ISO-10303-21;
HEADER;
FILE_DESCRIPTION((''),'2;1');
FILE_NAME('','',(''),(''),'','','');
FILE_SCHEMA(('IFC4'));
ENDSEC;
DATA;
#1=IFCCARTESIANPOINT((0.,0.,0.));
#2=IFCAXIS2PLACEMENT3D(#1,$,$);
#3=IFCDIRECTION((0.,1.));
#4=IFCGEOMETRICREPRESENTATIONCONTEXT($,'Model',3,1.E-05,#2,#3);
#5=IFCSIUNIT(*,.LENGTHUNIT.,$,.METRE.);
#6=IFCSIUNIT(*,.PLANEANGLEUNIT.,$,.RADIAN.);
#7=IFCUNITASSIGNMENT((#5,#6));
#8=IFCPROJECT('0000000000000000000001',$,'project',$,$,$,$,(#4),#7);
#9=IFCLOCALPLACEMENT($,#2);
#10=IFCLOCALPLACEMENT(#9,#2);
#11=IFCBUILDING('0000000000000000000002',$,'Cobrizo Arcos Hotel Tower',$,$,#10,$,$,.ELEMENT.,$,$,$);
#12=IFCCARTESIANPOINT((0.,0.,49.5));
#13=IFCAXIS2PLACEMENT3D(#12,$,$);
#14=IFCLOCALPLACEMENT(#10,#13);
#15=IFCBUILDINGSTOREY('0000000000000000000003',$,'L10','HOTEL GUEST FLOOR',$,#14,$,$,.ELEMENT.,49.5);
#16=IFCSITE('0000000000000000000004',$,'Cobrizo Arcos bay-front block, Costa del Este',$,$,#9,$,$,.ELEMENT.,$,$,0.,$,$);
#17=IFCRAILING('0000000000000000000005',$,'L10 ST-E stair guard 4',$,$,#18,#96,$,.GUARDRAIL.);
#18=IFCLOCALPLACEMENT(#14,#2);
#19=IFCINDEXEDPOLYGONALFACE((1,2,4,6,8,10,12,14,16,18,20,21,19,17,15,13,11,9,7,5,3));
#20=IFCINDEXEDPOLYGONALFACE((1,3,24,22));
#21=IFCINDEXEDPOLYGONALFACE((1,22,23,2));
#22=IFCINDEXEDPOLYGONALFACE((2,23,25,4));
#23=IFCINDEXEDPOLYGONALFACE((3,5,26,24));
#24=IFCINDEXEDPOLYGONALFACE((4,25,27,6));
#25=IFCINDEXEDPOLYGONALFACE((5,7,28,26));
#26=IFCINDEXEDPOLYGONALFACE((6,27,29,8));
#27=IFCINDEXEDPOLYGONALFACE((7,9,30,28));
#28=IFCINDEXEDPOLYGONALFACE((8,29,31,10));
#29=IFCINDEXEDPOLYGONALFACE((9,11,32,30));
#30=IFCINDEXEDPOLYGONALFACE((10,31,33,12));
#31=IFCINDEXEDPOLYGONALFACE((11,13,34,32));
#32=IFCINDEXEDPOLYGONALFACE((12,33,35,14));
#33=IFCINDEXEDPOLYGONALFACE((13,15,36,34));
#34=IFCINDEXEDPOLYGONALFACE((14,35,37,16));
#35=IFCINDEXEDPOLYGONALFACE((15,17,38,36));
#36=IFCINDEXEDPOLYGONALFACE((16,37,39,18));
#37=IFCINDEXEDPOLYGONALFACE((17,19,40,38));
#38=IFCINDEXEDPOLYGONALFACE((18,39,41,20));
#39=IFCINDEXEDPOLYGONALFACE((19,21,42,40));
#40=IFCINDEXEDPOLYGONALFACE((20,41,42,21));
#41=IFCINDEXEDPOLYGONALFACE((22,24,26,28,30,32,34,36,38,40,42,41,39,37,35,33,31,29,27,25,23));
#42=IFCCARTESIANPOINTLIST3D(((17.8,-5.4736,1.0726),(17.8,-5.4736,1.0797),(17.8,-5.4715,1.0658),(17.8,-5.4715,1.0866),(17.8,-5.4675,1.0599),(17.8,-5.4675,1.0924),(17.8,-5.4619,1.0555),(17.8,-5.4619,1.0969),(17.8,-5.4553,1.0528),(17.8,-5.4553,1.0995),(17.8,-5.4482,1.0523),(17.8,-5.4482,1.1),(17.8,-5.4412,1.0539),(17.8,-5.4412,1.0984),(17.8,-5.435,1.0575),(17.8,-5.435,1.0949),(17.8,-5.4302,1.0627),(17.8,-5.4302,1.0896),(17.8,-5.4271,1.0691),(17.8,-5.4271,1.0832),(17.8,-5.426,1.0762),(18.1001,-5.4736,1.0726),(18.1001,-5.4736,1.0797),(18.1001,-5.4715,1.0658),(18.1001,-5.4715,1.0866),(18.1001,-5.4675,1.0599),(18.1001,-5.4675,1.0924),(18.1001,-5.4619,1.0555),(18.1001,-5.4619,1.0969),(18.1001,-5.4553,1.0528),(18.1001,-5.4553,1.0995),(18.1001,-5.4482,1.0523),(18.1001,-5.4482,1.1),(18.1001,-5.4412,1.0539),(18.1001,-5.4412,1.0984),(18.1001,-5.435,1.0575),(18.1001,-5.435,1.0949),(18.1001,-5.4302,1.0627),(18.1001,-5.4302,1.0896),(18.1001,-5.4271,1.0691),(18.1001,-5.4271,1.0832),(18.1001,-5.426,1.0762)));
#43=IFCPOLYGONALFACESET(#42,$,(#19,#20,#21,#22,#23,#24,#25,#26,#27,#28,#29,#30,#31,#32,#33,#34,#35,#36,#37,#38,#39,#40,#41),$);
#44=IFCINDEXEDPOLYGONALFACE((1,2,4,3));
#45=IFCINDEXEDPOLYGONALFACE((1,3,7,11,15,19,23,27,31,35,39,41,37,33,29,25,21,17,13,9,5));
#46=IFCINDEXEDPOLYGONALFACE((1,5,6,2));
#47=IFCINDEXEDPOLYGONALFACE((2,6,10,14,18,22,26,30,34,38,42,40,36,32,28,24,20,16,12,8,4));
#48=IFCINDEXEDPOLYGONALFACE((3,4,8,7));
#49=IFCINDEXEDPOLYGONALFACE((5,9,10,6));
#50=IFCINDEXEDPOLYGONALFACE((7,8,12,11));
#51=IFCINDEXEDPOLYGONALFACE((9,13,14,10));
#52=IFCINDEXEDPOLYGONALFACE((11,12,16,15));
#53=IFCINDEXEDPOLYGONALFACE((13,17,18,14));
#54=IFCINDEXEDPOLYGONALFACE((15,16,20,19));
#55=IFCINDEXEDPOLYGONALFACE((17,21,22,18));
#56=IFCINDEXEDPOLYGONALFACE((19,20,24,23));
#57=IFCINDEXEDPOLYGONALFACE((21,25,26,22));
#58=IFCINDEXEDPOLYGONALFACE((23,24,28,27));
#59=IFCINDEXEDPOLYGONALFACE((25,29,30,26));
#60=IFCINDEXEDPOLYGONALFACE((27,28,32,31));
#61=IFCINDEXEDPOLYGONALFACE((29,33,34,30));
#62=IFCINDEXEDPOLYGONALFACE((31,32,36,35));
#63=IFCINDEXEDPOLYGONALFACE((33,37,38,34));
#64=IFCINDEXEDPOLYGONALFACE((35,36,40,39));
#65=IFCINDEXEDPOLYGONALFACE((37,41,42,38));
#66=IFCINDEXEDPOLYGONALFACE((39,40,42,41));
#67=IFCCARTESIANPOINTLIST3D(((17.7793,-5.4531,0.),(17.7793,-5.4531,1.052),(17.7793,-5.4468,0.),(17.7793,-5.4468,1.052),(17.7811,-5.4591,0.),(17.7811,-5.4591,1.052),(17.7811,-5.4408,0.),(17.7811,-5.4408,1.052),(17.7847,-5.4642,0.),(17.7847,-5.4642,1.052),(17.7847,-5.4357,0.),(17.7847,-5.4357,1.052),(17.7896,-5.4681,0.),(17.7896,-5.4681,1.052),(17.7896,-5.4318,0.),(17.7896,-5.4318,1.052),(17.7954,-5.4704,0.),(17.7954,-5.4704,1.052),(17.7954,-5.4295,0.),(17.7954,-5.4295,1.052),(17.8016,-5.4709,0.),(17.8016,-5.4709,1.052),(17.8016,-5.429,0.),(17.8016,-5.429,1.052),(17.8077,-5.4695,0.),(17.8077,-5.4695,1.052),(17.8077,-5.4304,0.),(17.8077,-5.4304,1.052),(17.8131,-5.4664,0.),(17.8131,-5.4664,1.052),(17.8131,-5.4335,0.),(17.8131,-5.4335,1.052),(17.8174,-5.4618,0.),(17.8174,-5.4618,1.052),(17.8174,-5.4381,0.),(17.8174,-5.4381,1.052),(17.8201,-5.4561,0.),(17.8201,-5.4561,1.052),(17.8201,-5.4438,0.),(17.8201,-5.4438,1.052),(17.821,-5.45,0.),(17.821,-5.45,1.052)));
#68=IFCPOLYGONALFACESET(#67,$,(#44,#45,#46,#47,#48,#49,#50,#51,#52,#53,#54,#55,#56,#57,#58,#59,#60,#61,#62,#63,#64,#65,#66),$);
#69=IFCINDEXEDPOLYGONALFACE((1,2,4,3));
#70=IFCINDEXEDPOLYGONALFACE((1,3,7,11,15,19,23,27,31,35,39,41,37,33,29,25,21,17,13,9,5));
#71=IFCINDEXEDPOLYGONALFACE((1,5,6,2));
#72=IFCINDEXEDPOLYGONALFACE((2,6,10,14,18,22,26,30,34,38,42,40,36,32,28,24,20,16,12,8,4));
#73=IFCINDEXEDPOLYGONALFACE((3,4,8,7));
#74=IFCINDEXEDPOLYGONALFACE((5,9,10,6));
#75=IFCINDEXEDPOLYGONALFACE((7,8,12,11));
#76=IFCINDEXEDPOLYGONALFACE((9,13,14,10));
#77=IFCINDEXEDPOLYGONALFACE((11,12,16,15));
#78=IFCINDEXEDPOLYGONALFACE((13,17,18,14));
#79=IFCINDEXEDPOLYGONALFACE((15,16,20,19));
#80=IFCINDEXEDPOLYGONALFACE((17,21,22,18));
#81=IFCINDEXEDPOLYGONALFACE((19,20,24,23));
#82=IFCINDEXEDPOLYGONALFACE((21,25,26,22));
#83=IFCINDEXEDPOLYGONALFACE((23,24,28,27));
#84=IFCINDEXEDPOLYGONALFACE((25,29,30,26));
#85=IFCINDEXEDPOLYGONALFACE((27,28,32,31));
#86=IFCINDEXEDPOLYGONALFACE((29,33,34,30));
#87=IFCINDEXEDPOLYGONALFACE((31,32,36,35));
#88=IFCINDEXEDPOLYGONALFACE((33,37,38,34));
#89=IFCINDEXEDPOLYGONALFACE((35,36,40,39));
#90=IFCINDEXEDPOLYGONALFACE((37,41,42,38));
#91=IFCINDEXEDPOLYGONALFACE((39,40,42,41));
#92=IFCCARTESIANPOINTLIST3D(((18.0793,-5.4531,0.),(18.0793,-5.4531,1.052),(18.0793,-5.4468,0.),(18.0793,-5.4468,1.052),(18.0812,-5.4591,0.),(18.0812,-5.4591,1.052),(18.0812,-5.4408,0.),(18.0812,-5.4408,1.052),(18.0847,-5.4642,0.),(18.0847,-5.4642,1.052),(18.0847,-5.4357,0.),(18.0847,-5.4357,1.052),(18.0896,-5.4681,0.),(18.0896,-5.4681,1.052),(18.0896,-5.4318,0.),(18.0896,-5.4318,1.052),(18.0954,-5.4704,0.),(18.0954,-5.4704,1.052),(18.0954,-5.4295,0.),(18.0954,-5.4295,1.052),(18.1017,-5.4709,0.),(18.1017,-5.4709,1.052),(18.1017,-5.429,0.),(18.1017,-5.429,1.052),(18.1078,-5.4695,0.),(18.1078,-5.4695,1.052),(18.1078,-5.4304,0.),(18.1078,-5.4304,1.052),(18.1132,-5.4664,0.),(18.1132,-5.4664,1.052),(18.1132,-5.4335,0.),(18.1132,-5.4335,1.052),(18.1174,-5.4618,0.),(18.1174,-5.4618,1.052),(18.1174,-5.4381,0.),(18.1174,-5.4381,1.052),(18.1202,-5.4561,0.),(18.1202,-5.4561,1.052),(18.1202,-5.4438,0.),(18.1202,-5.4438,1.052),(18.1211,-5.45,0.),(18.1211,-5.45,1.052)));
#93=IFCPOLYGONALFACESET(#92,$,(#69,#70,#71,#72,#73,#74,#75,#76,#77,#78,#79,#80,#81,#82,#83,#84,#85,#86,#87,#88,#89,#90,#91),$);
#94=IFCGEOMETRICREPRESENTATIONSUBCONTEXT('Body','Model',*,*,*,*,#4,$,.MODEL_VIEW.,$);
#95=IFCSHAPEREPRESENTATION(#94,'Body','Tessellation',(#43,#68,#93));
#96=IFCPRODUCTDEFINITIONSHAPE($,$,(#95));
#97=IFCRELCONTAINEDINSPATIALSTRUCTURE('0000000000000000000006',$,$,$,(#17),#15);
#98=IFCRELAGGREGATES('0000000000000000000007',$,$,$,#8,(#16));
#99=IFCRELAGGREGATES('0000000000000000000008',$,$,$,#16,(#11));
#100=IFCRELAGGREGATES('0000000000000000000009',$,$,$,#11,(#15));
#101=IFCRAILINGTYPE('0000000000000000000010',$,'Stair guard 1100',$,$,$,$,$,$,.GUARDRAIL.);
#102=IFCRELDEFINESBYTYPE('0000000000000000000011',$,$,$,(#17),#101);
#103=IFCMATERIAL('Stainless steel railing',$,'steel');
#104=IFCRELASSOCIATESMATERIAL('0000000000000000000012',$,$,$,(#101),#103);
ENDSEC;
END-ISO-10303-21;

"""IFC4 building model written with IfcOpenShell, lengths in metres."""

from ifc_helpers import new_model, si_unit, direction, frame, origin, origin_2d, place, context, subcontext, project, spatial, circle, extrude, material, type_object, element, save


model = new_model("IFC4")

# Units and contexts
model_context = context("Model", 3, precision=1e-05, world=origin(), true_north=direction((0.0, 1.0)))
body_context = subcontext(model_context, "Body", "Model", "MODEL_VIEW")
ifc_project = project(units=[si_unit("LENGTHUNIT", "METRE"), si_unit("PLANEANGLEUNIT", "RADIAN")], contexts=[model_context])

# Site, building, storey
site_placement = place(None, origin())
site = spatial("IfcSite", under=ifc_project, at=site_placement, Name="Cobrizo Arcos bay-front block, Costa del Este", CompositionType="ELEMENT", RefElevation=0.0)
building_placement = place(site_placement, origin())
building = spatial("IfcBuilding", under=site, at=building_placement, Name="Cobrizo Arcos Hotel Tower", CompositionType="ELEMENT")
storey_placement = place(building_placement, frame((0.0, 0.0, 49.5)))
storey = spatial("IfcBuildingStorey", under=building, at=storey_placement, Name="L10", Description="HOTEL GUEST FLOOR", CompositionType="ELEMENT", Elevation=49.5)

# Railing
ifc_material_1 = material(Name="Stainless steel railing", Category="steel")
railing_type_1 = type_object("IfcRailingType", Name="Stair guard 1100", PredefinedType="GUARDRAIL", material=ifc_material_1)
railing_1_placement = place(storey_placement, frame((17.8, -5.45, 0.0)))
element("IfcRailing", 1, at=railing_1_placement, inside=storey, type_object=railing_type_1, Name="L10 ST-E stair guard 4", PredefinedType="GUARDRAIL", context=body_context, shape_type="SweptSolid", body=[
    extrude(circle(Radius=0.0239, at=origin_2d()), frame((0.0, 0.0, 1.0762), z_axis=(1.0, 0.0, 0.0), x_axis=(0.0, 1.0, 0.0)), (0.0, 0.0, 1.0), 0.3),
    extrude(circle(Radius=0.021, at=origin_2d()), origin(), (0.0, 0.0, 1.0), 1.052),
    extrude(circle(Radius=0.021, at=origin_2d()), frame((0.3, 0.0, 0.0)), (0.0, 0.0, 1.0), 1.052),
])

save(model, "model.ifc")
